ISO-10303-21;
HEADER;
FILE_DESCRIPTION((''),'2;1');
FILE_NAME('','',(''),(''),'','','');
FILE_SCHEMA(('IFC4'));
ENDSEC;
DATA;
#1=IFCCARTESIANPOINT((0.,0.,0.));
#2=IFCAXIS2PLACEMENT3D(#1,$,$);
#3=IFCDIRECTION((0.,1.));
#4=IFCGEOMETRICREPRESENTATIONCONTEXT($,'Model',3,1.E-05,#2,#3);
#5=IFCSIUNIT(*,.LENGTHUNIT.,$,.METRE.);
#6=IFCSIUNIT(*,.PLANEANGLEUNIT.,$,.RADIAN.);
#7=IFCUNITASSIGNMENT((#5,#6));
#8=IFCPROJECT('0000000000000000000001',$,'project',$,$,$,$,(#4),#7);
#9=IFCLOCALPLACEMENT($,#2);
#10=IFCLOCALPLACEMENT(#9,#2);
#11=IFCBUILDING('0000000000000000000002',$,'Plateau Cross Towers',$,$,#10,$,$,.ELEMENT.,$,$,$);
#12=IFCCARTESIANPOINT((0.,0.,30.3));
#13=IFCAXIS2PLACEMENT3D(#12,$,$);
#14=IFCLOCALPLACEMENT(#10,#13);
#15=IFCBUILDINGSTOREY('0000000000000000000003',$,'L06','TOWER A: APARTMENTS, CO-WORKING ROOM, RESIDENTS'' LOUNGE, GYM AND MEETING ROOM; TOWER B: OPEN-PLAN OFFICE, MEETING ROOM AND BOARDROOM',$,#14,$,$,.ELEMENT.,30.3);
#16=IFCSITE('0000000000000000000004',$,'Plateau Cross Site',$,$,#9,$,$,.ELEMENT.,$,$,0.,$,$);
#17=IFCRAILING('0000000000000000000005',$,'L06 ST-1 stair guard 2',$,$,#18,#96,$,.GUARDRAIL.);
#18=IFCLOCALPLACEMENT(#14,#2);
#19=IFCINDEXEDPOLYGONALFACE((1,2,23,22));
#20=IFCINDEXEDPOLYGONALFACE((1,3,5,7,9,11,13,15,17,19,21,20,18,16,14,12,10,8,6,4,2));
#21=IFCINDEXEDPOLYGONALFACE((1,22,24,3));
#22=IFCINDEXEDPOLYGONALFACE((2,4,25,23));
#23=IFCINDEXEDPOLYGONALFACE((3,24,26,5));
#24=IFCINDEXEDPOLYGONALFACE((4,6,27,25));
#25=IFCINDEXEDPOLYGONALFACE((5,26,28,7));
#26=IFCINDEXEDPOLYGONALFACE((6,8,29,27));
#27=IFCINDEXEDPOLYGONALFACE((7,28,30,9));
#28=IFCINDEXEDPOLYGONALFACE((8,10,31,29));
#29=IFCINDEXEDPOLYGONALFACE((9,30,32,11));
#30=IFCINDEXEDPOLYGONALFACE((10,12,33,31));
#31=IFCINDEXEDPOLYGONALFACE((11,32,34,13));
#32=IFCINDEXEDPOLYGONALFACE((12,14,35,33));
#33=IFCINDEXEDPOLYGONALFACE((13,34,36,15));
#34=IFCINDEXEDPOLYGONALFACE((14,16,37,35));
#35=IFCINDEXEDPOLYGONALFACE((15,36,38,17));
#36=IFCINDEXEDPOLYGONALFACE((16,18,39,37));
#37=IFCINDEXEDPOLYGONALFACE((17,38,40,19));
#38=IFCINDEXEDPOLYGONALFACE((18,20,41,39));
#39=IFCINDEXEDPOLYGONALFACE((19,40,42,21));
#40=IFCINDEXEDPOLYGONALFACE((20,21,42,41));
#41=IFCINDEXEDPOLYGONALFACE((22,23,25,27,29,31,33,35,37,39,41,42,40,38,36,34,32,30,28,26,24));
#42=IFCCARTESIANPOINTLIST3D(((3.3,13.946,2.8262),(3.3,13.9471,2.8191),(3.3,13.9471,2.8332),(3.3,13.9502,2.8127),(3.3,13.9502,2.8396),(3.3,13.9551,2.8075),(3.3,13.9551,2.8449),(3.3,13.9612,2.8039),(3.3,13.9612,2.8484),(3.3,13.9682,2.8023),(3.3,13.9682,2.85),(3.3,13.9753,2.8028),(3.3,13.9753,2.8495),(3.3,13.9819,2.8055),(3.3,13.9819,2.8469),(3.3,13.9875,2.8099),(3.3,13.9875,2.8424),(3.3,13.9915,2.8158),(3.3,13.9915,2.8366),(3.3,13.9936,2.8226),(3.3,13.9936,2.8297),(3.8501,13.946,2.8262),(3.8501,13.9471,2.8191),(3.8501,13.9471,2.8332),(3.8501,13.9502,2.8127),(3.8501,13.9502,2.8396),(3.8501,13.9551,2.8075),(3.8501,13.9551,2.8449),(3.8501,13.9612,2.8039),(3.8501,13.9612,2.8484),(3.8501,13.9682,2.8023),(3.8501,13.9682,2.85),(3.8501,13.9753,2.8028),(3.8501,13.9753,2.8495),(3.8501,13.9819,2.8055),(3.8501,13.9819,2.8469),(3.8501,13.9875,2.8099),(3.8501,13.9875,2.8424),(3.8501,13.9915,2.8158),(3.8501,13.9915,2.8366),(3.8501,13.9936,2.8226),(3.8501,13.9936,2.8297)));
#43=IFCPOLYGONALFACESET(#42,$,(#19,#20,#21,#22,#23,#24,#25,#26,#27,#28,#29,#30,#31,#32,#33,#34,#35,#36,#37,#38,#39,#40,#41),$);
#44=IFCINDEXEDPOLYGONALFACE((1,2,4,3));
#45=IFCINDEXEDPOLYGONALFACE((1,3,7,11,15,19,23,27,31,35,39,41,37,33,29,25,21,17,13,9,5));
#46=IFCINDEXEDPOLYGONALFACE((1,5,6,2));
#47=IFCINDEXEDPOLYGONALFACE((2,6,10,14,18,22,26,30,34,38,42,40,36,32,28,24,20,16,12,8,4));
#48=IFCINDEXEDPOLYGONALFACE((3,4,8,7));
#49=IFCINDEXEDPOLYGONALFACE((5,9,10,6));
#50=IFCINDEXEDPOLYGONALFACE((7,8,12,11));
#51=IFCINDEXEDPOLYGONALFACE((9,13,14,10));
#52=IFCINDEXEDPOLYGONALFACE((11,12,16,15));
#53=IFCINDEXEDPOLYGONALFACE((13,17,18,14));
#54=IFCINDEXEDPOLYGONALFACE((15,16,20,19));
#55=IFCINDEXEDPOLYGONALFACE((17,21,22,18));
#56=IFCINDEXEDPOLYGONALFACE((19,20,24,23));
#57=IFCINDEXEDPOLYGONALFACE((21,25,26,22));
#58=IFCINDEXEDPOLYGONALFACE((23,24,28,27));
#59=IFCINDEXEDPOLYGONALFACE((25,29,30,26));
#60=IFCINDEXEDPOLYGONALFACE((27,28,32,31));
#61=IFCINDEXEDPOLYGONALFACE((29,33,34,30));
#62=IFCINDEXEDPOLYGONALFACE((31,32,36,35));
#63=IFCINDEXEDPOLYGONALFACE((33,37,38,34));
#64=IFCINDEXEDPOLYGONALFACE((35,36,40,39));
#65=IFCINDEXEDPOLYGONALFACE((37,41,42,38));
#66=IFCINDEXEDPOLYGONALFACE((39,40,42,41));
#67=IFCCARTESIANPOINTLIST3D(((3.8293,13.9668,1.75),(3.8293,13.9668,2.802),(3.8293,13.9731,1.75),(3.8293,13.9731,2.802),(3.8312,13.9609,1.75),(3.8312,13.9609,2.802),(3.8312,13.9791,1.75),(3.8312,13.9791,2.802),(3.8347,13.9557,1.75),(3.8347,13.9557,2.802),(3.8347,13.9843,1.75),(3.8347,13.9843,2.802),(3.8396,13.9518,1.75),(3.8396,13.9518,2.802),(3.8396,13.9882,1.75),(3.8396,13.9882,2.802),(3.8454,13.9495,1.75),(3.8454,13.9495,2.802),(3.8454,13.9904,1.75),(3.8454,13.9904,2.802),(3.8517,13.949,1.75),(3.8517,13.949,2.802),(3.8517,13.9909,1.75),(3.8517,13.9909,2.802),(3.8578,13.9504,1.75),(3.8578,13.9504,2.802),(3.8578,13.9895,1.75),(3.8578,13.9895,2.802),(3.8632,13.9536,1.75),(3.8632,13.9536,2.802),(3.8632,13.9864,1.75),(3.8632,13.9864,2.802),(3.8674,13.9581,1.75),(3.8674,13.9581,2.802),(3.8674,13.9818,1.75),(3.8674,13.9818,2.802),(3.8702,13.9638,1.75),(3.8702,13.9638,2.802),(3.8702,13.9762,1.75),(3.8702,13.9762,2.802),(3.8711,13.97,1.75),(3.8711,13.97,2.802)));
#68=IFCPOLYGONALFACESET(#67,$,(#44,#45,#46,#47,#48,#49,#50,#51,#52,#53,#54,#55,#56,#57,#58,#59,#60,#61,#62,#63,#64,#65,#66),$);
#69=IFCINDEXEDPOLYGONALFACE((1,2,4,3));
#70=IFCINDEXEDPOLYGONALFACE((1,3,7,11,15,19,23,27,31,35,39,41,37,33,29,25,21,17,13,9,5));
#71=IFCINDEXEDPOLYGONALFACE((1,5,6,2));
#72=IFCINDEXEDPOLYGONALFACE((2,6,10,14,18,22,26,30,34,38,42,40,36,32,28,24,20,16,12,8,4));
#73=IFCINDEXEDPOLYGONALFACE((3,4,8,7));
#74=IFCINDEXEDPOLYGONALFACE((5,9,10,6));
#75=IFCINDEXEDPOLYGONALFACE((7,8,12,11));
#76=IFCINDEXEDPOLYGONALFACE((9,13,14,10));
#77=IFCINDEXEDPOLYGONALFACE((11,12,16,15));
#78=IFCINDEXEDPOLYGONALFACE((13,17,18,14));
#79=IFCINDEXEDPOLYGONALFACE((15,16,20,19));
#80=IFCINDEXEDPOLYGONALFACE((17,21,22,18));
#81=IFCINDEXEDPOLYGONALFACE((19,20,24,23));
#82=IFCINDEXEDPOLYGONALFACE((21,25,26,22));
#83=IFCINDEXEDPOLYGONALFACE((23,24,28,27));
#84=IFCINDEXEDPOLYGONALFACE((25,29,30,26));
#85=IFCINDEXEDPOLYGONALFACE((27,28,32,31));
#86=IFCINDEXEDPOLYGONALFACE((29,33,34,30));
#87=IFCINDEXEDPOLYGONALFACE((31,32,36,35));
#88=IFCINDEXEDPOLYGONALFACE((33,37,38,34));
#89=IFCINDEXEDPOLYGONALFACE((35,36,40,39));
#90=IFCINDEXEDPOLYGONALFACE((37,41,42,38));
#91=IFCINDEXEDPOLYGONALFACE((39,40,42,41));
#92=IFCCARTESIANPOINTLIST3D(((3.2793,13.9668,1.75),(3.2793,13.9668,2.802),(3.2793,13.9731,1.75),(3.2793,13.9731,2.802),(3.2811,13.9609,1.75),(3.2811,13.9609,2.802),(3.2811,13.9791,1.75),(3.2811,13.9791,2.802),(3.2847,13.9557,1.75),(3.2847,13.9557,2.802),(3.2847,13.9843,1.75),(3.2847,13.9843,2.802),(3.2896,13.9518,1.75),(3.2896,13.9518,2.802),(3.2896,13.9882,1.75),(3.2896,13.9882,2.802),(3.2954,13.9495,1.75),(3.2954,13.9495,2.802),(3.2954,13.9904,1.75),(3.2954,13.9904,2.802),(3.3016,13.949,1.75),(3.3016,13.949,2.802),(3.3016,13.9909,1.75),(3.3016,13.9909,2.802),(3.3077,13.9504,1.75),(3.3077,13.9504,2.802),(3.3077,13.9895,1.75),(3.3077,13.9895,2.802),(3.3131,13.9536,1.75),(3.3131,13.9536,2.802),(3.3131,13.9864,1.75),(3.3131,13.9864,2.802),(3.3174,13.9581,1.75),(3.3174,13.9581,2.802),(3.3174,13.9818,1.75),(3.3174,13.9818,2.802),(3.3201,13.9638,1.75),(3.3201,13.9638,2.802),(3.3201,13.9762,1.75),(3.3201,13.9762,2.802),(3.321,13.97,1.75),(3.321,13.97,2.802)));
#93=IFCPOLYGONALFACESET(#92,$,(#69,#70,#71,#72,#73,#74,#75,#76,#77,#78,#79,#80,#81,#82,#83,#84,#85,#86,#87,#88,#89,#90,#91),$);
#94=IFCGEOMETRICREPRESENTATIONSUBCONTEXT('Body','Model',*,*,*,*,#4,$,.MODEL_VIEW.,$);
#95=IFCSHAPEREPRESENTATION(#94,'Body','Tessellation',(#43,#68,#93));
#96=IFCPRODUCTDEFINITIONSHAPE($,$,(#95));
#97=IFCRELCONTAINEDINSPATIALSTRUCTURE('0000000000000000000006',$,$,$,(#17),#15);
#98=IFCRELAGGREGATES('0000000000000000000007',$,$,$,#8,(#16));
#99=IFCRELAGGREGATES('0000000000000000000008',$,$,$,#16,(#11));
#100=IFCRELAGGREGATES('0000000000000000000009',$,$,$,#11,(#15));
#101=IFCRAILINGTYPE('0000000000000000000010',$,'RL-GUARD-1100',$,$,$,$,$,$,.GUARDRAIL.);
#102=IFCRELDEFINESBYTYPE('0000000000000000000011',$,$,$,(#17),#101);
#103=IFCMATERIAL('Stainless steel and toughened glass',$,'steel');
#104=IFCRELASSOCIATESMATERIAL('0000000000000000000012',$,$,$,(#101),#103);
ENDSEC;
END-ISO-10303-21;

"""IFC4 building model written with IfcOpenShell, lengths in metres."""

from ifc_helpers import new_model, si_unit, direction, frame, origin, origin_2d, place, context, subcontext, project, spatial, circle, extrude, material, type_object, element, save


model = new_model("IFC4")

# Units and contexts
model_context = context("Model", 3, precision=1e-05, world=origin(), true_north=direction((0.0, 1.0)))
body_context = subcontext(model_context, "Body", "Model", "MODEL_VIEW")
ifc_project = project(units=[si_unit("LENGTHUNIT", "METRE"), si_unit("PLANEANGLEUNIT", "RADIAN")], contexts=[model_context])

# Site, building, storey
site_placement = place(None, origin())
site = spatial("IfcSite", under=ifc_project, at=site_placement, Name="Plateau Cross Site", CompositionType="ELEMENT", RefElevation=0.0)
building_placement = place(site_placement, origin())
building = spatial("IfcBuilding", under=site, at=building_placement, Name="Plateau Cross Towers", CompositionType="ELEMENT")
storey_placement = place(building_placement, frame((0.0, 0.0, 30.3)))
storey = spatial("IfcBuildingStorey", under=building, at=storey_placement, Name="L06", Description="TOWER A: APARTMENTS, CO-WORKING ROOM, RESIDENTS' LOUNGE, GYM AND MEETING ROOM; TOWER B: OPEN-PLAN OFFICE, MEETING ROOM AND BOARDROOM", CompositionType="ELEMENT", Elevation=30.3)

# Railing
ifc_material_1 = material(Name="Stainless steel and toughened glass", Category="steel")
railing_type_1 = type_object("IfcRailingType", Name="RL-GUARD-1100", PredefinedType="GUARDRAIL", material=ifc_material_1)
railing_1_placement = place(storey_placement, frame((3.8501, 13.97, 1.75)))
element("IfcRailing", 1, at=railing_1_placement, inside=storey, type_object=railing_type_1, Name="L06 ST-1 stair guard 2", PredefinedType="GUARDRAIL", context=body_context, shape_type="SweptSolid", body=[
    extrude(circle(Radius=0.0239, at=origin_2d()), frame((0.0, 0.0, 1.0762), z_axis=(-1.0, 0.0, 0.0), x_axis=(0.0, -1.0, 0.0)), (0.0, 0.0, 1.0), 0.55),
    extrude(circle(Radius=0.021, at=origin_2d()), origin(), (0.0, 0.0, 1.0), 1.052),
    extrude(circle(Radius=0.021, at=origin_2d()), frame((-0.55, 0.0, 0.0)), (0.0, 0.0, 1.0), 1.052),
])

save(model, "model.ifc")
